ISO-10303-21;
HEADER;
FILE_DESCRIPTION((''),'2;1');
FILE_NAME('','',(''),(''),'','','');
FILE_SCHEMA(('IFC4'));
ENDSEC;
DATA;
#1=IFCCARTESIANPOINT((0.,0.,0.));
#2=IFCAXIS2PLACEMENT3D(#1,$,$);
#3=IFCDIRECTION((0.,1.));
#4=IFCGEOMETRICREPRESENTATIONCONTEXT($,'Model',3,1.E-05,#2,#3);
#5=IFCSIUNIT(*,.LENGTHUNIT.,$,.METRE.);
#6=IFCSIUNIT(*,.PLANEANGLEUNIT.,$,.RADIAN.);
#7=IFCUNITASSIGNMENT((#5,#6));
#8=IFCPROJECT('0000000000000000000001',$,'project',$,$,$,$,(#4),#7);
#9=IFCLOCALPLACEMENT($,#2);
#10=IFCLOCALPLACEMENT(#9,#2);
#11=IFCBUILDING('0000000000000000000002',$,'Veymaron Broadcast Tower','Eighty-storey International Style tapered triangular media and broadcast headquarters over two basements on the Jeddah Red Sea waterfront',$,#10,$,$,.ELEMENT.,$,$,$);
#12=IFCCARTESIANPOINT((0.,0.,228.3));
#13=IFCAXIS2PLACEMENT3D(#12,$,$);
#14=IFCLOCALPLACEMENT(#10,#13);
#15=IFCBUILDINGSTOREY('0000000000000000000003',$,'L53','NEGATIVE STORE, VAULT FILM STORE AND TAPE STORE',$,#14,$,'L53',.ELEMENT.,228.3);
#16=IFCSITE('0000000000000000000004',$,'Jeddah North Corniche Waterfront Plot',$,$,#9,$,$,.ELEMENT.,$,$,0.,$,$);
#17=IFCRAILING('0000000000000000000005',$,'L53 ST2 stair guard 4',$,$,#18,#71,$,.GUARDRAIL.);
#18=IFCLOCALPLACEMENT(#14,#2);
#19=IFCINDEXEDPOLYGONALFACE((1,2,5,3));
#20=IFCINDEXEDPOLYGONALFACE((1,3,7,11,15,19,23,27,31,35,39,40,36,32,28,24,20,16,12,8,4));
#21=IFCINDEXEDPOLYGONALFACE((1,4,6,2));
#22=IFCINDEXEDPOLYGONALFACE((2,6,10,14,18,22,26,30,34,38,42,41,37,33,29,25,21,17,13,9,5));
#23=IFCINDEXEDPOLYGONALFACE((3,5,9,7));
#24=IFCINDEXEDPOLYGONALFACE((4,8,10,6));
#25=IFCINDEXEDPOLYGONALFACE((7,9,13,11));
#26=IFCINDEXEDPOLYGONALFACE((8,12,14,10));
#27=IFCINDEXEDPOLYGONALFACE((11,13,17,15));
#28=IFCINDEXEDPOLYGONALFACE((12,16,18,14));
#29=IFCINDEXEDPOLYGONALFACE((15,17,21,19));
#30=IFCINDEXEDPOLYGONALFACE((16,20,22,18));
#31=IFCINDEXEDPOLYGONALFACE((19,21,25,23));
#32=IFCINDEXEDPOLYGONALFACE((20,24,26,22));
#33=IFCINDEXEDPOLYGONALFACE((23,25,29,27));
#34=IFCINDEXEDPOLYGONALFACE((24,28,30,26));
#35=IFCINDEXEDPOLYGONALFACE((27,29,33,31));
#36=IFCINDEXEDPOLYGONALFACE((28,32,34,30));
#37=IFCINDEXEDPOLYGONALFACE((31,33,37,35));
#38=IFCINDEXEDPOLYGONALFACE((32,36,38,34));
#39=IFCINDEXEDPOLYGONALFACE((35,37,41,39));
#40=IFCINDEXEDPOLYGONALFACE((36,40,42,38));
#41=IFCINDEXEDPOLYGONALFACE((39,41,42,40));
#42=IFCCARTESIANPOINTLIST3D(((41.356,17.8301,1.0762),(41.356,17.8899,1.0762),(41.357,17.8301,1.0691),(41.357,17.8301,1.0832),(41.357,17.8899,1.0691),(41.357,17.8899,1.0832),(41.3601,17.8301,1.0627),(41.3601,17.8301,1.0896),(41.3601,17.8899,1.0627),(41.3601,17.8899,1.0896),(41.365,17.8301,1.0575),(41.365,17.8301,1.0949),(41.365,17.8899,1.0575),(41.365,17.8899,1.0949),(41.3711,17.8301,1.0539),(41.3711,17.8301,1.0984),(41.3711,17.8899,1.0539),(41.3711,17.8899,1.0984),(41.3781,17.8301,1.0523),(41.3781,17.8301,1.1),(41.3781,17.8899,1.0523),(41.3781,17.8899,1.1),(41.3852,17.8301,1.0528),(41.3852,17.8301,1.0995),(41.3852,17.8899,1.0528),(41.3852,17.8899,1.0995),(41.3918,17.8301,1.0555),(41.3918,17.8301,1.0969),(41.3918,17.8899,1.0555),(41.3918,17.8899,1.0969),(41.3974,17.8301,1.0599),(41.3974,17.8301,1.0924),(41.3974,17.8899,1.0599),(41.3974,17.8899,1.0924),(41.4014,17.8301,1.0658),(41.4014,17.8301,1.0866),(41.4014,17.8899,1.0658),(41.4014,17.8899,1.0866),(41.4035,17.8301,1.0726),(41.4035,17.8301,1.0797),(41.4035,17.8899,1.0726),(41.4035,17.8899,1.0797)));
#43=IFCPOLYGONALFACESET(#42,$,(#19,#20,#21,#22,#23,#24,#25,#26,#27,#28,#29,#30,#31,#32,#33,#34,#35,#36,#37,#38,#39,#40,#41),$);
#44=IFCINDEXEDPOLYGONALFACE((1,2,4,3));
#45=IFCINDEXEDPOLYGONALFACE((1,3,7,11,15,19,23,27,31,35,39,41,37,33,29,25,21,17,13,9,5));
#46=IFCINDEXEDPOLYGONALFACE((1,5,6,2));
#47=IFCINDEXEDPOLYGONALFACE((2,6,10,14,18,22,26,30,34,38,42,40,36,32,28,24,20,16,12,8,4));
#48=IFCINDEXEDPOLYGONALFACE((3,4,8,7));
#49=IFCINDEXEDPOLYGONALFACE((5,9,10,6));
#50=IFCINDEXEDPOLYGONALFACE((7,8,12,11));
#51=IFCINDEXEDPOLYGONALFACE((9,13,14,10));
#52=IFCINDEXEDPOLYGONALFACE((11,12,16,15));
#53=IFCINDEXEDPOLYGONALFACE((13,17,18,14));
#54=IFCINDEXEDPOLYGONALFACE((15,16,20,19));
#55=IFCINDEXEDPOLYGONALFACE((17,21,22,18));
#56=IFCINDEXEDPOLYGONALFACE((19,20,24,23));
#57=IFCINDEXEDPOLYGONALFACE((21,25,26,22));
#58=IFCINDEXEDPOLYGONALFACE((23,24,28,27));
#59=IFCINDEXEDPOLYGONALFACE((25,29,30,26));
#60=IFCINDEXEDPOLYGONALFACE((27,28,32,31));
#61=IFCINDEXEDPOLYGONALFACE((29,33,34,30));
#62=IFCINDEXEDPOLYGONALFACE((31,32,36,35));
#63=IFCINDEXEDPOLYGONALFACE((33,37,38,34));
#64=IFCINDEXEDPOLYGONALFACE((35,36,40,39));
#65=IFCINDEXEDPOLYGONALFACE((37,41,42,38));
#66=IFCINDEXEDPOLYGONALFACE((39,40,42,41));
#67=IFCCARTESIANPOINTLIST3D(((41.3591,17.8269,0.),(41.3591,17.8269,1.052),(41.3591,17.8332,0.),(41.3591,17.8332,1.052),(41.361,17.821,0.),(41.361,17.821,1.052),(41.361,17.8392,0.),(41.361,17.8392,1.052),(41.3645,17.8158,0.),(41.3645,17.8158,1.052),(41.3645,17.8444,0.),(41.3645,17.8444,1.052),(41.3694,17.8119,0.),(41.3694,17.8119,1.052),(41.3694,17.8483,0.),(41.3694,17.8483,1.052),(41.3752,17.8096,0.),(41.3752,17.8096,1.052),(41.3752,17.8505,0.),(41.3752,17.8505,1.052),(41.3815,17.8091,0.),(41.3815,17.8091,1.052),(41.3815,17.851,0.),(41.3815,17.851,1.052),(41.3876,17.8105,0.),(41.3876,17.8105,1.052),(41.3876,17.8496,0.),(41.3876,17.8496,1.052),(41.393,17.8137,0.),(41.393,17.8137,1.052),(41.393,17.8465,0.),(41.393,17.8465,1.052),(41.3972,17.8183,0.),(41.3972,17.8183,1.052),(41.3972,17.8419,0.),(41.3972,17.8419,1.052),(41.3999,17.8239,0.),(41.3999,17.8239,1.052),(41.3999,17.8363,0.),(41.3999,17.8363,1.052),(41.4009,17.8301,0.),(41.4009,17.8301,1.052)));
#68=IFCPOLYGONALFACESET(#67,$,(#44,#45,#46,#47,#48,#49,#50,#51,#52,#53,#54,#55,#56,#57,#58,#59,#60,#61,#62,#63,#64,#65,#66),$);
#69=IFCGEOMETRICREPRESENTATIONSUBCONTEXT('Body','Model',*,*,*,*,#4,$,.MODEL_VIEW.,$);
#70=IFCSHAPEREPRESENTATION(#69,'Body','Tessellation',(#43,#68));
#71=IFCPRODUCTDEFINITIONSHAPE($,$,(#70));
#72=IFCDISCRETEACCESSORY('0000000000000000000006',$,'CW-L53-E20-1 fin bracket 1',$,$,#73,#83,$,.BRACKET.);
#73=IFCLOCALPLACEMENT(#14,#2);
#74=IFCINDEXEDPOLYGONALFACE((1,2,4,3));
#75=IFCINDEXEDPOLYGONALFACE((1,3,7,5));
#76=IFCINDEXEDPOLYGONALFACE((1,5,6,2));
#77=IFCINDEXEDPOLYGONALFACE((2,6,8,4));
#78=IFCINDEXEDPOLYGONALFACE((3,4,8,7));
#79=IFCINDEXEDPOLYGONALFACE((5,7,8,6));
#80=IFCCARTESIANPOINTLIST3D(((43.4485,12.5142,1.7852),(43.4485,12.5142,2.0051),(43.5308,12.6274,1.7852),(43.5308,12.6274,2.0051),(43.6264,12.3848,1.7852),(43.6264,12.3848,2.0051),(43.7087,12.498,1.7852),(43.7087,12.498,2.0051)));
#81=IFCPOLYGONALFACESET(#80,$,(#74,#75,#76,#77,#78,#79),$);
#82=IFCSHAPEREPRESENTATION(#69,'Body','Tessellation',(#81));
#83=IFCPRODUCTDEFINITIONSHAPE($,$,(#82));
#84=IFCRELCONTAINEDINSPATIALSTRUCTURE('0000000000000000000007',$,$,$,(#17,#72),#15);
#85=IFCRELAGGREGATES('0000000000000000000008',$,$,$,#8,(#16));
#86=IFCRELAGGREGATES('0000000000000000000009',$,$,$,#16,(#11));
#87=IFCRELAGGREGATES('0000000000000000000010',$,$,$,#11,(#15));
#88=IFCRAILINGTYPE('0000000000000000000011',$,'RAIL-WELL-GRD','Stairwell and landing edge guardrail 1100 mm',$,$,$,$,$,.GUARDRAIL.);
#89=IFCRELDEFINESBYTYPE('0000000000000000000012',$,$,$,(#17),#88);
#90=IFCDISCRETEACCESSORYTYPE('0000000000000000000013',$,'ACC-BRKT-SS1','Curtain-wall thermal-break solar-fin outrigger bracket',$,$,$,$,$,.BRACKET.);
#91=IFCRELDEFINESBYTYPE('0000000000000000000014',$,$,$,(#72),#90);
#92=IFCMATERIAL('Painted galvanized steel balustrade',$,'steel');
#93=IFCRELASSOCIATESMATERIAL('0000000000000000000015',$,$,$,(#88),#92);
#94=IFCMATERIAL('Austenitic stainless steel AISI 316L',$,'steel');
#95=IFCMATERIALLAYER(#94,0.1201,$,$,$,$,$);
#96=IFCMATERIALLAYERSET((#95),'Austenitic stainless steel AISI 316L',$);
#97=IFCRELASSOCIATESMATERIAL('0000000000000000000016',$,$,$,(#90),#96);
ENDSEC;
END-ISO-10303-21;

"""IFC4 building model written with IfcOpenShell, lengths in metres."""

from ifc_helpers import new_model, si_unit, direction, frame, origin, origin_2d, place, context, subcontext, project, spatial, rectangle, circle, extrude, material, layer, layer_set, type_object, element, save


model = new_model("IFC4")

# Units and contexts
model_context = context("Model", 3, precision=1e-05, world=origin(), true_north=direction((0.0, 1.0)))
body_context = subcontext(model_context, "Body", "Model", "MODEL_VIEW")
ifc_project = project(units=[si_unit("LENGTHUNIT", "METRE"), si_unit("PLANEANGLEUNIT", "RADIAN")], contexts=[model_context])

# Site, building, storey
site_placement = place(None, origin())
site = spatial("IfcSite", under=ifc_project, at=site_placement, Name="Jeddah North Corniche Waterfront Plot", CompositionType="ELEMENT", RefElevation=0.0)
building_placement = place(site_placement, origin())
building = spatial("IfcBuilding", under=site, at=building_placement, Name="Veymaron Broadcast Tower", Description="Eighty-storey International Style tapered triangular media and broadcast headquarters over two basements on the Jeddah Red Sea waterfront", CompositionType="ELEMENT")
storey_placement = place(building_placement, frame((0.0, 0.0, 228.3)))
storey = spatial("IfcBuildingStorey", under=building, at=storey_placement, Name="L53", Description="NEGATIVE STORE, VAULT FILM STORE AND TAPE STORE", LongName="L53", CompositionType="ELEMENT", Elevation=228.3)

# Railing
ifc_material_1 = material(Name="Painted galvanized steel balustrade", Category="steel")
railing_type_1 = type_object("IfcRailingType", Name="RAIL-WELL-GRD", Description="Stairwell and landing edge guardrail 1100 mm", PredefinedType="GUARDRAIL", material=ifc_material_1)
railing_1_placement = place(storey_placement, frame((41.3799, 17.8301, 0.0)))
element("IfcRailing", 1, at=railing_1_placement, inside=storey, type_object=railing_type_1, Name="L53 ST2 stair guard 4", PredefinedType="GUARDRAIL", context=body_context, shape_type="SweptSolid", body=[
    extrude(circle(Radius=0.0239, at=origin_2d()), frame((0.0, 0.0, 1.0762), z_axis=(0.0, 1.0, 0.0), x_axis=(-1.0, 0.0, 0.0)), (0.0, 0.0, 1.0), 0.0598),
    extrude(circle(Radius=0.021, at=origin_2d()), origin(), (0.0, 0.0, 1.0), 1.052),
])

# Discrete accessory
ifc_material_2 = material(Name="Austenitic stainless steel AISI 316L", Category="steel")
ifc_layer_1 = layer(ifc_material_2, 0.1201)
ifc_layer_set_1 = layer_set([ifc_layer_1], Name="Austenitic stainless steel AISI 316L")
discrete_accessory_type = type_object("IfcDiscreteAccessoryType", Name="ACC-BRKT-SS1", Description="Curtain-wall thermal-break solar-fin outrigger bracket", PredefinedType="BRACKET", material=ifc_layer_set_1)
discrete_accessory_placement = place(storey_placement, frame((43.5786, 12.5061, 1.7852), z_axis=(0.0, 0.0, 1.0), x_axis=(0.808781, -0.58811, 0.0)))
element("IfcDiscreteAccessory", 2, at=discrete_accessory_placement, inside=storey, type_object=discrete_accessory_type, Name="CW-L53-E20-1 fin bracket 1", PredefinedType="BRACKET", context=body_context, shape_type="SweptSolid", body=[
    extrude(rectangle(XDim=0.22, YDim=0.1399, at=origin_2d()), origin(), (0.0, 0.0, 1.0), 0.22),
])

save(model, "model.ifc")
